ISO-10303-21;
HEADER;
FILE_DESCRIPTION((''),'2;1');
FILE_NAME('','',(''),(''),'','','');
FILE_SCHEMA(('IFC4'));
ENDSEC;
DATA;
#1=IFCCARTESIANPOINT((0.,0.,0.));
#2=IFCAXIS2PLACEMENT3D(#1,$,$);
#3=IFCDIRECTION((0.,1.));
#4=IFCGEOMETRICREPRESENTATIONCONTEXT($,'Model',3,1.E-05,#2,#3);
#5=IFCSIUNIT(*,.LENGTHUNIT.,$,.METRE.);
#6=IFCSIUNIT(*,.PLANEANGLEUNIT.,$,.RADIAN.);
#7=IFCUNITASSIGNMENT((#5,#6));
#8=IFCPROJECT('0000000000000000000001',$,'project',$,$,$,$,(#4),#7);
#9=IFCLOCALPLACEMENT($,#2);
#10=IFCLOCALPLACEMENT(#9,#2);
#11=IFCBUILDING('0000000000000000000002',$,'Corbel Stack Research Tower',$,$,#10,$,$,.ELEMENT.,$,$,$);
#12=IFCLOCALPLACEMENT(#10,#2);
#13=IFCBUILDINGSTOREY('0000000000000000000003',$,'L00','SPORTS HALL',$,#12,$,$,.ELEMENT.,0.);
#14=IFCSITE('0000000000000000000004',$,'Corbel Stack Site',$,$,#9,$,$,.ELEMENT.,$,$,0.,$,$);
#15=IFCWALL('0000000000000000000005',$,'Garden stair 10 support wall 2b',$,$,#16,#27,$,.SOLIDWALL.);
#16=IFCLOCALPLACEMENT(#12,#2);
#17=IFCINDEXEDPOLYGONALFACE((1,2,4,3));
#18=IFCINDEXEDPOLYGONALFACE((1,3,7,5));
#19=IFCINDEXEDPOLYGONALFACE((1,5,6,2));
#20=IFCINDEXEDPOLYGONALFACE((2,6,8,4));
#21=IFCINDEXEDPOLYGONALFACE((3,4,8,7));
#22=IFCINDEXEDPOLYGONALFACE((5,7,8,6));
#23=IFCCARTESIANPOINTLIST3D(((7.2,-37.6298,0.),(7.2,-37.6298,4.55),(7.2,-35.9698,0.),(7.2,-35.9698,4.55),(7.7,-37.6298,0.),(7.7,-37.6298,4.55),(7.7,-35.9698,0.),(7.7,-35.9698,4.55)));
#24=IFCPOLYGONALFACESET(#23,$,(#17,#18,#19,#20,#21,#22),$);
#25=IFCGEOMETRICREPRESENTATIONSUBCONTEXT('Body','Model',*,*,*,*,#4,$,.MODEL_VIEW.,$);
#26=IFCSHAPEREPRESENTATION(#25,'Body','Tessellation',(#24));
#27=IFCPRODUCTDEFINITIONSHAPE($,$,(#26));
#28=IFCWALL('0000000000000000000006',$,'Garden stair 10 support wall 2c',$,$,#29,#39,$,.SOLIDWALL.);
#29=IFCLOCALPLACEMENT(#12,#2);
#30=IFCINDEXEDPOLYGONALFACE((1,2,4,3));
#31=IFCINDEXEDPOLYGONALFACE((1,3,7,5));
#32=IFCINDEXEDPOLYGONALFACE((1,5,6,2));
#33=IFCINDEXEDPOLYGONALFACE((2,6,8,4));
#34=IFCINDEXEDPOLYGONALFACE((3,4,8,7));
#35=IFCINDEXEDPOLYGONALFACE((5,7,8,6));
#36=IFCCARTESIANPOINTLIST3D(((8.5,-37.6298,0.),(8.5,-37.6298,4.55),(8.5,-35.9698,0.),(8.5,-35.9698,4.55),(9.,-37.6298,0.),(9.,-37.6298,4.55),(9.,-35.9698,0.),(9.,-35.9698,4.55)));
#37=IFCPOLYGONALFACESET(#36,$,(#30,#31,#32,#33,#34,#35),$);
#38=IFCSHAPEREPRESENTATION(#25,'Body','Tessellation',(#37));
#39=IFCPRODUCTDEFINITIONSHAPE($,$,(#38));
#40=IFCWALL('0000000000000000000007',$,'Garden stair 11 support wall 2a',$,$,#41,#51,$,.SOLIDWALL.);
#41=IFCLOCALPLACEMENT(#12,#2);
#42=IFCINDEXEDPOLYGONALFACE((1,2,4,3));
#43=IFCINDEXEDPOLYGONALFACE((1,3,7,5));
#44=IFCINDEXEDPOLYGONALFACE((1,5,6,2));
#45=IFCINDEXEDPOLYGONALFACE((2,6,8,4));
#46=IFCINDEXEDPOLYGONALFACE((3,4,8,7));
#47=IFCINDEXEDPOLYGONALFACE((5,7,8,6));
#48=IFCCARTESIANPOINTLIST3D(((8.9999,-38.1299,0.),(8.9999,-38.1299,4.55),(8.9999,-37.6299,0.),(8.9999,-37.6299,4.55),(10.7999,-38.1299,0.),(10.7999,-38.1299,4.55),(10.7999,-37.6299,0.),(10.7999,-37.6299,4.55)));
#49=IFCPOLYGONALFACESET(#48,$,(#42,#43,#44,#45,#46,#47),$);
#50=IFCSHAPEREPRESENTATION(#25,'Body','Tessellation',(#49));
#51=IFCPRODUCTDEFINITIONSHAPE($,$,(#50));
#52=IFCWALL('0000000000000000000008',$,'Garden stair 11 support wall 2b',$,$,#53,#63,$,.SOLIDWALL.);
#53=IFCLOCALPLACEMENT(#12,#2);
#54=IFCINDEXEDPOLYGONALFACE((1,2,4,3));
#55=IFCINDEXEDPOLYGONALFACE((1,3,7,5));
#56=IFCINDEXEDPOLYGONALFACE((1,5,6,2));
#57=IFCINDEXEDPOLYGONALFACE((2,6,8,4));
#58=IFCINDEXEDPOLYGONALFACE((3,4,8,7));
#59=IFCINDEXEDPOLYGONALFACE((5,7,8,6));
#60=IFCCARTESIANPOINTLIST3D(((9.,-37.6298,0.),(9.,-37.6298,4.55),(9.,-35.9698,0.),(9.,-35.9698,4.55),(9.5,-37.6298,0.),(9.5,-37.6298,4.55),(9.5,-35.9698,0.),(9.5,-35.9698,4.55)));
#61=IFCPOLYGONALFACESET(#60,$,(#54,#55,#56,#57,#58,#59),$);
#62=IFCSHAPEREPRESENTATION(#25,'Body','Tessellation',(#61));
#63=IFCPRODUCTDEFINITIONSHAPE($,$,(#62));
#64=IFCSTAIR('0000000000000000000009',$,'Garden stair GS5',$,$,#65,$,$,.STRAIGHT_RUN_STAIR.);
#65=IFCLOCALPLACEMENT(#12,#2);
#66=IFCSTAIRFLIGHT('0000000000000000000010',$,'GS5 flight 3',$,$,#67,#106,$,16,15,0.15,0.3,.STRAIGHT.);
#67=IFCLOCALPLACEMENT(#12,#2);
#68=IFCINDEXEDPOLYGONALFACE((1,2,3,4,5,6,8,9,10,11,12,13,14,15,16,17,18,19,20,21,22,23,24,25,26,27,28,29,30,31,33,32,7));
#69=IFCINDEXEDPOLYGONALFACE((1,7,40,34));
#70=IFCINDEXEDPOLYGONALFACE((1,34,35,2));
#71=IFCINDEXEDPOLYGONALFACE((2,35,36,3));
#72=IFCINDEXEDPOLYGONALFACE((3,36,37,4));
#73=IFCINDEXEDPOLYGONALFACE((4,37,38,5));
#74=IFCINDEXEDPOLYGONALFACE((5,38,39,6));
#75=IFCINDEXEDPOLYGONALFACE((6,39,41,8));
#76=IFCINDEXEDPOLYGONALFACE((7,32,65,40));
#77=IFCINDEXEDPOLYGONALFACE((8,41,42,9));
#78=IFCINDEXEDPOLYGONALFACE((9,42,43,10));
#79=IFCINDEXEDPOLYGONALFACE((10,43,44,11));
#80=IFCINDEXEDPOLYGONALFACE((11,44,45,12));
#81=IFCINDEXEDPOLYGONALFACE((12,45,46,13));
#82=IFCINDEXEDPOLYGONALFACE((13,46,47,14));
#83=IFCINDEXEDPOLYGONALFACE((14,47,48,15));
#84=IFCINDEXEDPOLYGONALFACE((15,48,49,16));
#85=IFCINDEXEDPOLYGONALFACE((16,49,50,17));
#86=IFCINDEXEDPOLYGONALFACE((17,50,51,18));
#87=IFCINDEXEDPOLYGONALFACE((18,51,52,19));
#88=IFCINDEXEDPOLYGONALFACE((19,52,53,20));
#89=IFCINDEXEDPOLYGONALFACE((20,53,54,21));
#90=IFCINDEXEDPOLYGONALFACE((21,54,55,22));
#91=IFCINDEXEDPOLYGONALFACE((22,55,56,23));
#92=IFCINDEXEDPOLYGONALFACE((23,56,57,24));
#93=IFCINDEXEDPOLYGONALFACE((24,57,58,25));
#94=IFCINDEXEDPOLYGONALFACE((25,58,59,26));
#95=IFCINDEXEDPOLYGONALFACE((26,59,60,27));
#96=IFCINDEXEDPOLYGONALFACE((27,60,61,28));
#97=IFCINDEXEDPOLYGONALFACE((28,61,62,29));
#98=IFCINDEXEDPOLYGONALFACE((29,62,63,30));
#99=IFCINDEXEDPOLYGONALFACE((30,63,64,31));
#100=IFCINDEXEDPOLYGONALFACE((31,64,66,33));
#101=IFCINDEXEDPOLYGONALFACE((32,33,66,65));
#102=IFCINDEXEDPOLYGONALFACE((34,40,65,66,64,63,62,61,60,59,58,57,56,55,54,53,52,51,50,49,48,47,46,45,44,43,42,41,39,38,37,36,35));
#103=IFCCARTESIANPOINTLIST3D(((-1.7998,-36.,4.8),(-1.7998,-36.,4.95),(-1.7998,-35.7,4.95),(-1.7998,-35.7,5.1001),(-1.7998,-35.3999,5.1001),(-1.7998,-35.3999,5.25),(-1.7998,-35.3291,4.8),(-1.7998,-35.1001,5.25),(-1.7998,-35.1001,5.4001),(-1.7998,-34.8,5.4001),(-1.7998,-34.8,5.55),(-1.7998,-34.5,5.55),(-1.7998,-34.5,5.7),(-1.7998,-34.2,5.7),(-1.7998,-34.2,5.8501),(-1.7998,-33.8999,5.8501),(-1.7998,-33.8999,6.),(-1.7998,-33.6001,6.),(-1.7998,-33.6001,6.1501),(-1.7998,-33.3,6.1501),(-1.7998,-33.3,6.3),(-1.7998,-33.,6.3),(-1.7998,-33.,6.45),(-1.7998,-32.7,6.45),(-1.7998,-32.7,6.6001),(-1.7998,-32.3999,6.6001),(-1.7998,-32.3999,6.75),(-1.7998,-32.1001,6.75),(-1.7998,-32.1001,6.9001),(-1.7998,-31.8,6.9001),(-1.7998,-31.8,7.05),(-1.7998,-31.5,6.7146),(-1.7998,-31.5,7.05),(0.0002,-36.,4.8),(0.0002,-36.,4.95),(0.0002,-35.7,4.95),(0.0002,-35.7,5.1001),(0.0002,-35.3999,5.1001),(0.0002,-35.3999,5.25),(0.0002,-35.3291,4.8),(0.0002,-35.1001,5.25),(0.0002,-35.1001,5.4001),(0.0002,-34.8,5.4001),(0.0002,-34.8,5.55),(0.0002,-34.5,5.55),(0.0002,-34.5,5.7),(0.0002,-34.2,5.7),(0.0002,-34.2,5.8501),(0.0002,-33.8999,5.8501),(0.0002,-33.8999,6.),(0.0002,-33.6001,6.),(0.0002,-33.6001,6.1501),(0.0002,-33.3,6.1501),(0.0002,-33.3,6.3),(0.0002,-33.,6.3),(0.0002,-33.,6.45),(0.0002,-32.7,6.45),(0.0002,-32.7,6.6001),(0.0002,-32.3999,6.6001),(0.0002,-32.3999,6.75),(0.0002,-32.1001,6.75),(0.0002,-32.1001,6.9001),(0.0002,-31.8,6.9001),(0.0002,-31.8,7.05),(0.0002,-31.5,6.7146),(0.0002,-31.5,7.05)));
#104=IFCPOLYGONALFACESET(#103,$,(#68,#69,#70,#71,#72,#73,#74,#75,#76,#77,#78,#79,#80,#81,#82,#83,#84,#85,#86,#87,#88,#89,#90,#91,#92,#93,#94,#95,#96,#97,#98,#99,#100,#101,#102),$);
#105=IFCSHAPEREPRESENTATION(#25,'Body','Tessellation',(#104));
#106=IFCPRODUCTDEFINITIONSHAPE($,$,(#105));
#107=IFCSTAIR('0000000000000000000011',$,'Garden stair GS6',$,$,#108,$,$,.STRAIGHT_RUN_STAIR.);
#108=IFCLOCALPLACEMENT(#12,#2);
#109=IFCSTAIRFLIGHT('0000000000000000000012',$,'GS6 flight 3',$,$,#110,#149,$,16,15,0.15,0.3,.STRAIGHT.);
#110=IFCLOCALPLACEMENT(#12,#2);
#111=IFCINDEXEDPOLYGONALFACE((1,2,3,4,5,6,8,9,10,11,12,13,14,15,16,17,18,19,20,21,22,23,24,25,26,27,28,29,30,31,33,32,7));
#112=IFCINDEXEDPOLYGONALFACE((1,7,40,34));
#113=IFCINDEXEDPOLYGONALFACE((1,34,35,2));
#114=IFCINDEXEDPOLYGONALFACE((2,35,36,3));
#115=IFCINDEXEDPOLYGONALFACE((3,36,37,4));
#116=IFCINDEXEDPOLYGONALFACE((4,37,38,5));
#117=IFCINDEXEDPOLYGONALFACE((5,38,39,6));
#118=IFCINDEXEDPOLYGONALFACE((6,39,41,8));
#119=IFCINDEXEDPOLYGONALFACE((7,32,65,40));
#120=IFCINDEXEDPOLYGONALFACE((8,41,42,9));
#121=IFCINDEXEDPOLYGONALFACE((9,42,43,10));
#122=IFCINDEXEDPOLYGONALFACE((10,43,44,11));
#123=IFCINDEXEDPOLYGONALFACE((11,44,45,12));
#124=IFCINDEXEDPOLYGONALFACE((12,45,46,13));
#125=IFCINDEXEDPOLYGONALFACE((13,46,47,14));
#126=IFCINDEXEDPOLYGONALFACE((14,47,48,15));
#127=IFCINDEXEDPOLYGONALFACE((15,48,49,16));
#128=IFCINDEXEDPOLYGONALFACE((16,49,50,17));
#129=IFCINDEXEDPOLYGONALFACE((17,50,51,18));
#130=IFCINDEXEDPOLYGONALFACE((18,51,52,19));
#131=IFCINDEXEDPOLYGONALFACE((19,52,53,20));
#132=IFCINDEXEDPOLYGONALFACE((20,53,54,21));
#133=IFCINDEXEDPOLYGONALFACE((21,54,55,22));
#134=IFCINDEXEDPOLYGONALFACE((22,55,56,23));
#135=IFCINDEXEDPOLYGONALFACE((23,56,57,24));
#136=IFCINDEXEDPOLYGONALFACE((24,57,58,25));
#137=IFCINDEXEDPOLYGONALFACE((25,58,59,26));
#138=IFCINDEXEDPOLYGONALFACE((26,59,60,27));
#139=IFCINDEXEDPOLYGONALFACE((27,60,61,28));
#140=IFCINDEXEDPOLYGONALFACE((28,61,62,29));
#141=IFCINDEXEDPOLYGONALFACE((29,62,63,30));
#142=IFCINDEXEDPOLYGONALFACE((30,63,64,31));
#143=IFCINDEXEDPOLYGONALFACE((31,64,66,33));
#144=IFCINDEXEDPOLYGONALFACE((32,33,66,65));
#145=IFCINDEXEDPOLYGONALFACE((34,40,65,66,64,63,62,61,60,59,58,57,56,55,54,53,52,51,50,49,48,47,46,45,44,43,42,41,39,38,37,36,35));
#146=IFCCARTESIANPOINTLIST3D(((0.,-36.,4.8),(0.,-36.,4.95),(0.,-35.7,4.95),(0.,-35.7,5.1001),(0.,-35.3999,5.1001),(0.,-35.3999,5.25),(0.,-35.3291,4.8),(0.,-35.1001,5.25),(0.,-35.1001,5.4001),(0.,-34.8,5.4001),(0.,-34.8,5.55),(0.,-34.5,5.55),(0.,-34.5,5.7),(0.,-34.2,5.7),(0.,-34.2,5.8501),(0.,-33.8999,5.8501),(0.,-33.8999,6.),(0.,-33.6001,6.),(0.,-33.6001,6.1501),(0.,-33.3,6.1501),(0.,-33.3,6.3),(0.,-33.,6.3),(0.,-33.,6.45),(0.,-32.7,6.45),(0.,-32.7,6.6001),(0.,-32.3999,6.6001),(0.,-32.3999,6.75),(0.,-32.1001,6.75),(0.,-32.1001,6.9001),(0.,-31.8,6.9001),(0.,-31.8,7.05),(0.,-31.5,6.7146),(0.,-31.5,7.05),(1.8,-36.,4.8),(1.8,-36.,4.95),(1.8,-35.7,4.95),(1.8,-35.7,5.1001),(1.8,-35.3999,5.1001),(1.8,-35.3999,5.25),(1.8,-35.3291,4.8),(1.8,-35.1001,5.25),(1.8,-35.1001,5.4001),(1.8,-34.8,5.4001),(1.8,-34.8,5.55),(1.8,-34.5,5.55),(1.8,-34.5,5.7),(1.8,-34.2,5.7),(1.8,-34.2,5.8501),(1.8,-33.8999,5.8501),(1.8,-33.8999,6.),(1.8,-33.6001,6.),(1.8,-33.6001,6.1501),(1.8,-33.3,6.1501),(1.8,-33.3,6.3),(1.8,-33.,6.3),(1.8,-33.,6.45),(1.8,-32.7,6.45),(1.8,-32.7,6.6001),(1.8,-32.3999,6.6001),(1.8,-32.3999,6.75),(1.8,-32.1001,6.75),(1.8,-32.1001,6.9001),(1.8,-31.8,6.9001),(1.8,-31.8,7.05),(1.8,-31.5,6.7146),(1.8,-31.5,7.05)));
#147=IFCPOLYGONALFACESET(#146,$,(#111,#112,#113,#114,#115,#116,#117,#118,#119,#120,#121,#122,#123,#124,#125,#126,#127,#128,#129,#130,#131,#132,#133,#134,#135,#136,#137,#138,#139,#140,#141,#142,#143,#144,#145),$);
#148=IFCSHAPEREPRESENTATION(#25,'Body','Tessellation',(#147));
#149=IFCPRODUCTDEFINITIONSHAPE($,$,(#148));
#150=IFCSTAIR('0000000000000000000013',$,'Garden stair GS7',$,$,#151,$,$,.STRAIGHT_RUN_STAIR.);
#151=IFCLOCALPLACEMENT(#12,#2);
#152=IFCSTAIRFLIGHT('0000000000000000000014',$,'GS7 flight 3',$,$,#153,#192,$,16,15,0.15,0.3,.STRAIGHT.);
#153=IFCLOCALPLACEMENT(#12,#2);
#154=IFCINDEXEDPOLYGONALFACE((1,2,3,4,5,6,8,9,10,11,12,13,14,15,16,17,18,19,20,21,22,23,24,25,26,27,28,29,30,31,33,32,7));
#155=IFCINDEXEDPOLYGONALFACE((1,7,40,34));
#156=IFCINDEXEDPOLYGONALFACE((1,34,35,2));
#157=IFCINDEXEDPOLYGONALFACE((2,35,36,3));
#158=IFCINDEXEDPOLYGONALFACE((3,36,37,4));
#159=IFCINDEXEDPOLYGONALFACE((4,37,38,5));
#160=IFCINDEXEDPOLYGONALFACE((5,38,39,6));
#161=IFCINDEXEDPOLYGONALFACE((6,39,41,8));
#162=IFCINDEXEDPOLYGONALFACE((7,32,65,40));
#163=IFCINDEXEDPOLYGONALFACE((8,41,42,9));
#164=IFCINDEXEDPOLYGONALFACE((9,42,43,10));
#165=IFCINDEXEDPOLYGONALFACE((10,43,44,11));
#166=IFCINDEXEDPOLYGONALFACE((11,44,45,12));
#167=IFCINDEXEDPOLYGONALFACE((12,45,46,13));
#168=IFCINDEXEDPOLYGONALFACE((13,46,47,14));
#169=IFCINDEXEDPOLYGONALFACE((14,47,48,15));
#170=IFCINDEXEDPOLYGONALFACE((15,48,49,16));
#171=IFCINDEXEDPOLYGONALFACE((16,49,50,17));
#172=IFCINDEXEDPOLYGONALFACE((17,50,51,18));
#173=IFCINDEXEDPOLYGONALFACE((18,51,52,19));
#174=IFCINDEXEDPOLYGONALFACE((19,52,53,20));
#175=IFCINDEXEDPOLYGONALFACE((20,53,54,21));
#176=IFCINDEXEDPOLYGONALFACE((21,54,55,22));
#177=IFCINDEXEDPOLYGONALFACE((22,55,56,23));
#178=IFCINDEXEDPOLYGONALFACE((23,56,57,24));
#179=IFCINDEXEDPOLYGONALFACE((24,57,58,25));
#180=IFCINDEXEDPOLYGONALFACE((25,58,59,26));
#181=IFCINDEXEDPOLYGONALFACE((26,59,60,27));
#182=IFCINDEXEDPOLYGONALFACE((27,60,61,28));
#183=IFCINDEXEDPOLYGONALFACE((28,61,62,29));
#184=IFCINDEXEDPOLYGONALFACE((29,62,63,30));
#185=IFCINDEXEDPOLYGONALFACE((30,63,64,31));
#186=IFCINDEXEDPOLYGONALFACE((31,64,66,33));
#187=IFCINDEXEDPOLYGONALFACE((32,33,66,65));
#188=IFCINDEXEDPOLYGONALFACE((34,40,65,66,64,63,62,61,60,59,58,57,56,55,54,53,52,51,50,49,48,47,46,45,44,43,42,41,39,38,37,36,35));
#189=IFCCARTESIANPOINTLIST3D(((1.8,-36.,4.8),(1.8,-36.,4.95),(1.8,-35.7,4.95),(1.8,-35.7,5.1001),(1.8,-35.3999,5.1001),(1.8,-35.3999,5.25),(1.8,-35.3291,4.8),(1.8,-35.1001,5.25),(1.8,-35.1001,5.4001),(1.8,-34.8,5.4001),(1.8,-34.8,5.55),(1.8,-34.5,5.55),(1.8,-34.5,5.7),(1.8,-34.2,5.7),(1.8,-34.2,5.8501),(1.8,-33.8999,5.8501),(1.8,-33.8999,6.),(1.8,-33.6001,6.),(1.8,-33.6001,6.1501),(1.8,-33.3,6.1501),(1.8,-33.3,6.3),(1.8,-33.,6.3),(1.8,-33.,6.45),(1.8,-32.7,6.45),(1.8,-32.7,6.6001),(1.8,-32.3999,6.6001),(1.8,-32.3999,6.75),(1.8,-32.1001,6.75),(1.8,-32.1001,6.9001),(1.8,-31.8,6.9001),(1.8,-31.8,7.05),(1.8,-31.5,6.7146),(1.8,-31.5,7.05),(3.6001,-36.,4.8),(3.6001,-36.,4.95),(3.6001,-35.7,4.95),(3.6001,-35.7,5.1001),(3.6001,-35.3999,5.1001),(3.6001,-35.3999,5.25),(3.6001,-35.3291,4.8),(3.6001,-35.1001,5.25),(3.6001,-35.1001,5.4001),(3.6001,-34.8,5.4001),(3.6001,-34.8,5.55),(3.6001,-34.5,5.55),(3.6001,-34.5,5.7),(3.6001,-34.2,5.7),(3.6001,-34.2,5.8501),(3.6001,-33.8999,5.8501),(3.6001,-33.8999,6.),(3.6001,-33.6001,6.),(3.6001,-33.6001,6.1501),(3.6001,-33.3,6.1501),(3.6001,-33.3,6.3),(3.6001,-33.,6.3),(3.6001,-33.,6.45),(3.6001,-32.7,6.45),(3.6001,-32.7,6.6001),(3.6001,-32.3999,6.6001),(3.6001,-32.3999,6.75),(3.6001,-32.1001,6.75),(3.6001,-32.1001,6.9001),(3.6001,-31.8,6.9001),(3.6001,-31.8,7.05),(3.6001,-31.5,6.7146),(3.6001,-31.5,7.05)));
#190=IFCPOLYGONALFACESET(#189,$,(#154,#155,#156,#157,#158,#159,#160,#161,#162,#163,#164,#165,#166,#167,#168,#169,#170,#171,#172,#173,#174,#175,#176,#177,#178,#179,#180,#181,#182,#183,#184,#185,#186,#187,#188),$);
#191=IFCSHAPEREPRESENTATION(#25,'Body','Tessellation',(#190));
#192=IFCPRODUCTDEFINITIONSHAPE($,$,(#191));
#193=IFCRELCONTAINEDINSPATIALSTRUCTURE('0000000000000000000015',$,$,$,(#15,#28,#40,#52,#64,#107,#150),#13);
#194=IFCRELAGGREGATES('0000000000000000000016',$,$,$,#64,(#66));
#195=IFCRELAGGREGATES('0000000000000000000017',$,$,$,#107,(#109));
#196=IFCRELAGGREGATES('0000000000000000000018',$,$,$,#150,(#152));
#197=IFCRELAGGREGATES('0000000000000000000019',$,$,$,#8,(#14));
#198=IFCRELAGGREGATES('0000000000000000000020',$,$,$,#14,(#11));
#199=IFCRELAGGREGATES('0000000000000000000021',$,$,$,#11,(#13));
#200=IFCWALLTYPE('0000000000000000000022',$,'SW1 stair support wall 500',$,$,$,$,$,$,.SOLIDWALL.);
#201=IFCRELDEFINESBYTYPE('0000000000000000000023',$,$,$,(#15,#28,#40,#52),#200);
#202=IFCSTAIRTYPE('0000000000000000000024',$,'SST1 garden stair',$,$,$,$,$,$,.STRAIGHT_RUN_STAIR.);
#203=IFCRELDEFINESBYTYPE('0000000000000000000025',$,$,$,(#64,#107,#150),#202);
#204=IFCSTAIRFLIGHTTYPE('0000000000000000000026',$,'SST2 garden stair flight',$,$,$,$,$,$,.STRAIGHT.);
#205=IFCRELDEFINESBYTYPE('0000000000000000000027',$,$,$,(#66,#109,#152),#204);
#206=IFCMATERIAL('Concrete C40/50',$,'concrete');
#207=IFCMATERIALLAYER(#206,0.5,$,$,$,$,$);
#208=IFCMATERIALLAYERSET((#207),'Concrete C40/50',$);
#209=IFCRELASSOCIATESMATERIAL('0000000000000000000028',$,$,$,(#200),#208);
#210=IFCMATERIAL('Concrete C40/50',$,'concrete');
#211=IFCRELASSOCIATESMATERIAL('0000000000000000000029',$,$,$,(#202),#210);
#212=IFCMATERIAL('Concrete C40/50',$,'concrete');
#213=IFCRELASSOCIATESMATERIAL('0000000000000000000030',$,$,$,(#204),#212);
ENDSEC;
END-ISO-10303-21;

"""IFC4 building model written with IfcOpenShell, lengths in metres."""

from ifc_helpers import new_model, si_unit, direction, frame, frame_2d, origin, place, context, subcontext, project, spatial, polyline, rectangle, outline, extrude, material, layer, layer_set, type_object, element, aggregate, save


model = new_model("IFC4")

# Units and contexts
model_context = context("Model", 3, precision=1e-05, world=origin(), true_north=direction((0.0, 1.0)))
body_context = subcontext(model_context, "Body", "Model", "MODEL_VIEW")
ifc_project = project(units=[si_unit("LENGTHUNIT", "METRE"), si_unit("PLANEANGLEUNIT", "RADIAN")], contexts=[model_context])

# Site, building, storey
site_placement = place(None, origin())
site = spatial("IfcSite", under=ifc_project, at=site_placement, Name="Corbel Stack Site", CompositionType="ELEMENT", RefElevation=0.0)
building_placement = place(site_placement, origin())
building = spatial("IfcBuilding", under=site, at=building_placement, Name="Corbel Stack Research Tower", CompositionType="ELEMENT")
storey_placement = place(building_placement, origin())
storey = spatial("IfcBuildingStorey", under=building, at=storey_placement, Name="L00", Description="SPORTS HALL", CompositionType="ELEMENT", Elevation=0.0)

# Walls
ifc_material_1 = material(Name="Concrete C40/50", Category="concrete")
ifc_layer = layer(ifc_material_1, 0.5)
ifc_layer_set = layer_set([ifc_layer], Name="Concrete C40/50")
wall_type = type_object("IfcWallType", Name="SW1 stair support wall 500", PredefinedType="SOLIDWALL", material=ifc_layer_set)
for number, where, z_axis, x_axis, name in (
    (1, (7.45, -37.6299, 0.0), (0.0, 0.0, 1.0), (0.0, 1.0, 0.0), "Garden stair 10 support wall 2b"),
    (2, (8.75, -37.6299, 0.0), (0.0, 0.0, 1.0), (0.0, 1.0, 0.0), "Garden stair 10 support wall 2c"),
):
    element("IfcWall", number, at=place(storey_placement, frame(where, z_axis=z_axis, x_axis=x_axis)), inside=storey, type_object=wall_type, Name=name, PredefinedType="SOLIDWALL", context=body_context, shape_type="SweptSolid", body=[
        extrude(rectangle(XDim=1.6599, YDim=0.5, at=frame_2d((0.8301, 0.0))), origin(), (0.0, 0.0, 1.0), 4.55),
    ])
wall_1_placement = place(storey_placement, frame((9.0, -37.8799, 0.0), z_axis=(0.0, 0.0, 1.0), x_axis=(1.0, 0.0, 0.0)))
element("IfcWall", 3, at=wall_1_placement, inside=storey, type_object=wall_type, Name="Garden stair 11 support wall 2a", PredefinedType="SOLIDWALL", context=body_context, shape_type="SweptSolid", body=[
    extrude(rectangle(XDim=1.8, YDim=0.5, at=frame_2d((0.8999, 0.0))), origin(), (0.0, 0.0, 1.0), 4.55),
])
wall_2_placement = place(storey_placement, frame((9.25, -37.6299, 0.0), z_axis=(0.0, 0.0, 1.0), x_axis=(0.0, 1.0, 0.0)))
element("IfcWall", 4, at=wall_2_placement, inside=storey, type_object=wall_type, Name="Garden stair 11 support wall 2b", PredefinedType="SOLIDWALL", context=body_context, shape_type="SweptSolid", body=[
    extrude(rectangle(XDim=1.6599, YDim=0.5, at=frame_2d((0.8301, 0.0))), origin(), (0.0, 0.0, 1.0), 4.55),
])

# Stairs, stair flights
ifc_material_2 = material(Name="Concrete C40/50", Category="concrete")
stair_type = type_object("IfcStairType", Name="SST1 garden stair", PredefinedType="STRAIGHT_RUN_STAIR", material=ifc_material_2)
stair_1_placement = place(storey_placement, origin())
stair_1 = element("IfcStair", 5, at=stair_1_placement, inside=storey, type_object=stair_type, Name="Garden stair GS5", PredefinedType="STRAIGHT_RUN_STAIR")
ifc_material_3 = material(Name="Concrete C40/50", Category="concrete")
stair_flight_type = type_object("IfcStairFlightType", Name="SST2 garden stair flight", PredefinedType="STRAIGHT", material=ifc_material_3)
stair_flight_1_placement = place(storey_placement, frame((-0.8999, -36.0, 4.8), z_axis=(0.0, 0.0, 1.0), x_axis=(0.0, 1.0, 0.0)))
stair_flight_1 = element("IfcStairFlight", 6, at=stair_flight_1_placement, type_object=stair_flight_type, Name="GS5 flight 3", NumberOfRisers=16, NumberOfTreads=15, PredefinedType="STRAIGHT", RiserHeight=0.15, TreadLength=0.3, context=body_context, shape_type="SweptSolid", body=[
    extrude(outline(polyline([(0.0, 0.0), (0.0, 0.1499), (0.3, 0.1499), (0.3, 0.3), (0.6001, 0.3), (0.6001, 0.45), (0.8999, 0.45), (0.8999, 0.6001), (1.2, 0.6001), (1.2, 0.75), (1.5, 0.75), (1.5, 0.8999), (1.8, 0.8999), (1.8, 1.05), (2.1001, 1.05), (2.1001, 1.2), (2.3999, 1.2), (2.3999, 1.3501), (2.7, 1.3501), (2.7, 1.5), (3.0, 1.5), (3.0, 1.6499), (3.3, 1.6499), (3.3, 1.8), (3.6001, 1.8), (3.6001, 1.95), (3.8999, 1.95), (3.8999, 2.1001), (4.2, 2.1001), (4.2, 2.25), (4.5, 2.25), (4.5, 2.3999), (4.5, 1.9146), (0.6709, 0.0), (0.0, 0.0)])), frame((0.0, 0.8999, 0.0), z_axis=(0.0, -1.0, 0.0), x_axis=(1.0, 0.0, 0.0)), (0.0, 0.0, 1.0), 1.8),
])
aggregate(stair_1, [stair_flight_1])
stair_2_placement = place(storey_placement, origin())
stair_2 = element("IfcStair", 7, at=stair_2_placement, inside=storey, type_object=stair_type, Name="Garden stair GS6", PredefinedType="STRAIGHT_RUN_STAIR")
stair_flight_2_placement = place(storey_placement, frame((0.8999, -36.0, 4.8), z_axis=(0.0, 0.0, 1.0), x_axis=(0.0, 1.0, 0.0)))
stair_flight_2 = element("IfcStairFlight", 8, at=stair_flight_2_placement, type_object=stair_flight_type, Name="GS6 flight 3", NumberOfRisers=16, NumberOfTreads=15, PredefinedType="STRAIGHT", RiserHeight=0.15, TreadLength=0.3, context=body_context, shape_type="SweptSolid", body=[
    extrude(outline(polyline([(0.0, 0.0), (0.0, 0.1499), (0.3, 0.1499), (0.3, 0.3), (0.6001, 0.3), (0.6001, 0.45), (0.8999, 0.45), (0.8999, 0.6001), (1.2, 0.6001), (1.2, 0.75), (1.5, 0.75), (1.5, 0.8999), (1.8, 0.8999), (1.8, 1.05), (2.1001, 1.05), (2.1001, 1.2), (2.3999, 1.2), (2.3999, 1.3501), (2.7, 1.3501), (2.7, 1.5), (3.0, 1.5), (3.0, 1.6499), (3.3, 1.6499), (3.3, 1.8), (3.6001, 1.8), (3.6001, 1.95), (3.8999, 1.95), (3.8999, 2.1001), (4.2, 2.1001), (4.2, 2.25), (4.5, 2.25), (4.5, 2.3999), (4.5, 1.9146), (0.6709, 0.0), (0.0, 0.0)])), frame((0.0, 0.8999, 0.0), z_axis=(0.0, -1.0, 0.0), x_axis=(1.0, 0.0, 0.0)), (0.0, 0.0, 1.0), 1.8),
])
aggregate(stair_2, [stair_flight_2])
stair_3_placement = place(storey_placement, origin())
stair_3 = element("IfcStair", 9, at=stair_3_placement, inside=storey, type_object=stair_type, Name="Garden stair GS7", PredefinedType="STRAIGHT_RUN_STAIR")
stair_flight_3_placement = place(storey_placement, frame((2.7, -36.0, 4.8), z_axis=(0.0, 0.0, 1.0), x_axis=(0.0, 1.0, 0.0)))
stair_flight_3 = element("IfcStairFlight", 10, at=stair_flight_3_placement, type_object=stair_flight_type, Name="GS7 flight 3", NumberOfRisers=16, NumberOfTreads=15, PredefinedType="STRAIGHT", RiserHeight=0.15, TreadLength=0.3, context=body_context, shape_type="SweptSolid", body=[
    extrude(outline(polyline([(0.0, 0.0), (0.0, 0.1499), (0.3, 0.1499), (0.3, 0.3), (0.6001, 0.3), (0.6001, 0.45), (0.8999, 0.45), (0.8999, 0.6001), (1.2, 0.6001), (1.2, 0.75), (1.5, 0.75), (1.5, 0.8999), (1.8, 0.8999), (1.8, 1.05), (2.1001, 1.05), (2.1001, 1.2), (2.3999, 1.2), (2.3999, 1.3501), (2.7, 1.3501), (2.7, 1.5), (3.0, 1.5), (3.0, 1.6499), (3.3, 1.6499), (3.3, 1.8), (3.6001, 1.8), (3.6001, 1.95), (3.8999, 1.95), (3.8999, 2.1001), (4.2, 2.1001), (4.2, 2.25), (4.5, 2.25), (4.5, 2.3999), (4.5, 1.9146), (0.6709, 0.0), (0.0, 0.0)])), frame((0.0, 0.8999, 0.0), z_axis=(0.0, -1.0, 0.0), x_axis=(1.0, 0.0, 0.0)), (0.0, 0.0, 1.0), 1.8),
])
aggregate(stair_3, [stair_flight_3])

save(model, "model.ifc")
